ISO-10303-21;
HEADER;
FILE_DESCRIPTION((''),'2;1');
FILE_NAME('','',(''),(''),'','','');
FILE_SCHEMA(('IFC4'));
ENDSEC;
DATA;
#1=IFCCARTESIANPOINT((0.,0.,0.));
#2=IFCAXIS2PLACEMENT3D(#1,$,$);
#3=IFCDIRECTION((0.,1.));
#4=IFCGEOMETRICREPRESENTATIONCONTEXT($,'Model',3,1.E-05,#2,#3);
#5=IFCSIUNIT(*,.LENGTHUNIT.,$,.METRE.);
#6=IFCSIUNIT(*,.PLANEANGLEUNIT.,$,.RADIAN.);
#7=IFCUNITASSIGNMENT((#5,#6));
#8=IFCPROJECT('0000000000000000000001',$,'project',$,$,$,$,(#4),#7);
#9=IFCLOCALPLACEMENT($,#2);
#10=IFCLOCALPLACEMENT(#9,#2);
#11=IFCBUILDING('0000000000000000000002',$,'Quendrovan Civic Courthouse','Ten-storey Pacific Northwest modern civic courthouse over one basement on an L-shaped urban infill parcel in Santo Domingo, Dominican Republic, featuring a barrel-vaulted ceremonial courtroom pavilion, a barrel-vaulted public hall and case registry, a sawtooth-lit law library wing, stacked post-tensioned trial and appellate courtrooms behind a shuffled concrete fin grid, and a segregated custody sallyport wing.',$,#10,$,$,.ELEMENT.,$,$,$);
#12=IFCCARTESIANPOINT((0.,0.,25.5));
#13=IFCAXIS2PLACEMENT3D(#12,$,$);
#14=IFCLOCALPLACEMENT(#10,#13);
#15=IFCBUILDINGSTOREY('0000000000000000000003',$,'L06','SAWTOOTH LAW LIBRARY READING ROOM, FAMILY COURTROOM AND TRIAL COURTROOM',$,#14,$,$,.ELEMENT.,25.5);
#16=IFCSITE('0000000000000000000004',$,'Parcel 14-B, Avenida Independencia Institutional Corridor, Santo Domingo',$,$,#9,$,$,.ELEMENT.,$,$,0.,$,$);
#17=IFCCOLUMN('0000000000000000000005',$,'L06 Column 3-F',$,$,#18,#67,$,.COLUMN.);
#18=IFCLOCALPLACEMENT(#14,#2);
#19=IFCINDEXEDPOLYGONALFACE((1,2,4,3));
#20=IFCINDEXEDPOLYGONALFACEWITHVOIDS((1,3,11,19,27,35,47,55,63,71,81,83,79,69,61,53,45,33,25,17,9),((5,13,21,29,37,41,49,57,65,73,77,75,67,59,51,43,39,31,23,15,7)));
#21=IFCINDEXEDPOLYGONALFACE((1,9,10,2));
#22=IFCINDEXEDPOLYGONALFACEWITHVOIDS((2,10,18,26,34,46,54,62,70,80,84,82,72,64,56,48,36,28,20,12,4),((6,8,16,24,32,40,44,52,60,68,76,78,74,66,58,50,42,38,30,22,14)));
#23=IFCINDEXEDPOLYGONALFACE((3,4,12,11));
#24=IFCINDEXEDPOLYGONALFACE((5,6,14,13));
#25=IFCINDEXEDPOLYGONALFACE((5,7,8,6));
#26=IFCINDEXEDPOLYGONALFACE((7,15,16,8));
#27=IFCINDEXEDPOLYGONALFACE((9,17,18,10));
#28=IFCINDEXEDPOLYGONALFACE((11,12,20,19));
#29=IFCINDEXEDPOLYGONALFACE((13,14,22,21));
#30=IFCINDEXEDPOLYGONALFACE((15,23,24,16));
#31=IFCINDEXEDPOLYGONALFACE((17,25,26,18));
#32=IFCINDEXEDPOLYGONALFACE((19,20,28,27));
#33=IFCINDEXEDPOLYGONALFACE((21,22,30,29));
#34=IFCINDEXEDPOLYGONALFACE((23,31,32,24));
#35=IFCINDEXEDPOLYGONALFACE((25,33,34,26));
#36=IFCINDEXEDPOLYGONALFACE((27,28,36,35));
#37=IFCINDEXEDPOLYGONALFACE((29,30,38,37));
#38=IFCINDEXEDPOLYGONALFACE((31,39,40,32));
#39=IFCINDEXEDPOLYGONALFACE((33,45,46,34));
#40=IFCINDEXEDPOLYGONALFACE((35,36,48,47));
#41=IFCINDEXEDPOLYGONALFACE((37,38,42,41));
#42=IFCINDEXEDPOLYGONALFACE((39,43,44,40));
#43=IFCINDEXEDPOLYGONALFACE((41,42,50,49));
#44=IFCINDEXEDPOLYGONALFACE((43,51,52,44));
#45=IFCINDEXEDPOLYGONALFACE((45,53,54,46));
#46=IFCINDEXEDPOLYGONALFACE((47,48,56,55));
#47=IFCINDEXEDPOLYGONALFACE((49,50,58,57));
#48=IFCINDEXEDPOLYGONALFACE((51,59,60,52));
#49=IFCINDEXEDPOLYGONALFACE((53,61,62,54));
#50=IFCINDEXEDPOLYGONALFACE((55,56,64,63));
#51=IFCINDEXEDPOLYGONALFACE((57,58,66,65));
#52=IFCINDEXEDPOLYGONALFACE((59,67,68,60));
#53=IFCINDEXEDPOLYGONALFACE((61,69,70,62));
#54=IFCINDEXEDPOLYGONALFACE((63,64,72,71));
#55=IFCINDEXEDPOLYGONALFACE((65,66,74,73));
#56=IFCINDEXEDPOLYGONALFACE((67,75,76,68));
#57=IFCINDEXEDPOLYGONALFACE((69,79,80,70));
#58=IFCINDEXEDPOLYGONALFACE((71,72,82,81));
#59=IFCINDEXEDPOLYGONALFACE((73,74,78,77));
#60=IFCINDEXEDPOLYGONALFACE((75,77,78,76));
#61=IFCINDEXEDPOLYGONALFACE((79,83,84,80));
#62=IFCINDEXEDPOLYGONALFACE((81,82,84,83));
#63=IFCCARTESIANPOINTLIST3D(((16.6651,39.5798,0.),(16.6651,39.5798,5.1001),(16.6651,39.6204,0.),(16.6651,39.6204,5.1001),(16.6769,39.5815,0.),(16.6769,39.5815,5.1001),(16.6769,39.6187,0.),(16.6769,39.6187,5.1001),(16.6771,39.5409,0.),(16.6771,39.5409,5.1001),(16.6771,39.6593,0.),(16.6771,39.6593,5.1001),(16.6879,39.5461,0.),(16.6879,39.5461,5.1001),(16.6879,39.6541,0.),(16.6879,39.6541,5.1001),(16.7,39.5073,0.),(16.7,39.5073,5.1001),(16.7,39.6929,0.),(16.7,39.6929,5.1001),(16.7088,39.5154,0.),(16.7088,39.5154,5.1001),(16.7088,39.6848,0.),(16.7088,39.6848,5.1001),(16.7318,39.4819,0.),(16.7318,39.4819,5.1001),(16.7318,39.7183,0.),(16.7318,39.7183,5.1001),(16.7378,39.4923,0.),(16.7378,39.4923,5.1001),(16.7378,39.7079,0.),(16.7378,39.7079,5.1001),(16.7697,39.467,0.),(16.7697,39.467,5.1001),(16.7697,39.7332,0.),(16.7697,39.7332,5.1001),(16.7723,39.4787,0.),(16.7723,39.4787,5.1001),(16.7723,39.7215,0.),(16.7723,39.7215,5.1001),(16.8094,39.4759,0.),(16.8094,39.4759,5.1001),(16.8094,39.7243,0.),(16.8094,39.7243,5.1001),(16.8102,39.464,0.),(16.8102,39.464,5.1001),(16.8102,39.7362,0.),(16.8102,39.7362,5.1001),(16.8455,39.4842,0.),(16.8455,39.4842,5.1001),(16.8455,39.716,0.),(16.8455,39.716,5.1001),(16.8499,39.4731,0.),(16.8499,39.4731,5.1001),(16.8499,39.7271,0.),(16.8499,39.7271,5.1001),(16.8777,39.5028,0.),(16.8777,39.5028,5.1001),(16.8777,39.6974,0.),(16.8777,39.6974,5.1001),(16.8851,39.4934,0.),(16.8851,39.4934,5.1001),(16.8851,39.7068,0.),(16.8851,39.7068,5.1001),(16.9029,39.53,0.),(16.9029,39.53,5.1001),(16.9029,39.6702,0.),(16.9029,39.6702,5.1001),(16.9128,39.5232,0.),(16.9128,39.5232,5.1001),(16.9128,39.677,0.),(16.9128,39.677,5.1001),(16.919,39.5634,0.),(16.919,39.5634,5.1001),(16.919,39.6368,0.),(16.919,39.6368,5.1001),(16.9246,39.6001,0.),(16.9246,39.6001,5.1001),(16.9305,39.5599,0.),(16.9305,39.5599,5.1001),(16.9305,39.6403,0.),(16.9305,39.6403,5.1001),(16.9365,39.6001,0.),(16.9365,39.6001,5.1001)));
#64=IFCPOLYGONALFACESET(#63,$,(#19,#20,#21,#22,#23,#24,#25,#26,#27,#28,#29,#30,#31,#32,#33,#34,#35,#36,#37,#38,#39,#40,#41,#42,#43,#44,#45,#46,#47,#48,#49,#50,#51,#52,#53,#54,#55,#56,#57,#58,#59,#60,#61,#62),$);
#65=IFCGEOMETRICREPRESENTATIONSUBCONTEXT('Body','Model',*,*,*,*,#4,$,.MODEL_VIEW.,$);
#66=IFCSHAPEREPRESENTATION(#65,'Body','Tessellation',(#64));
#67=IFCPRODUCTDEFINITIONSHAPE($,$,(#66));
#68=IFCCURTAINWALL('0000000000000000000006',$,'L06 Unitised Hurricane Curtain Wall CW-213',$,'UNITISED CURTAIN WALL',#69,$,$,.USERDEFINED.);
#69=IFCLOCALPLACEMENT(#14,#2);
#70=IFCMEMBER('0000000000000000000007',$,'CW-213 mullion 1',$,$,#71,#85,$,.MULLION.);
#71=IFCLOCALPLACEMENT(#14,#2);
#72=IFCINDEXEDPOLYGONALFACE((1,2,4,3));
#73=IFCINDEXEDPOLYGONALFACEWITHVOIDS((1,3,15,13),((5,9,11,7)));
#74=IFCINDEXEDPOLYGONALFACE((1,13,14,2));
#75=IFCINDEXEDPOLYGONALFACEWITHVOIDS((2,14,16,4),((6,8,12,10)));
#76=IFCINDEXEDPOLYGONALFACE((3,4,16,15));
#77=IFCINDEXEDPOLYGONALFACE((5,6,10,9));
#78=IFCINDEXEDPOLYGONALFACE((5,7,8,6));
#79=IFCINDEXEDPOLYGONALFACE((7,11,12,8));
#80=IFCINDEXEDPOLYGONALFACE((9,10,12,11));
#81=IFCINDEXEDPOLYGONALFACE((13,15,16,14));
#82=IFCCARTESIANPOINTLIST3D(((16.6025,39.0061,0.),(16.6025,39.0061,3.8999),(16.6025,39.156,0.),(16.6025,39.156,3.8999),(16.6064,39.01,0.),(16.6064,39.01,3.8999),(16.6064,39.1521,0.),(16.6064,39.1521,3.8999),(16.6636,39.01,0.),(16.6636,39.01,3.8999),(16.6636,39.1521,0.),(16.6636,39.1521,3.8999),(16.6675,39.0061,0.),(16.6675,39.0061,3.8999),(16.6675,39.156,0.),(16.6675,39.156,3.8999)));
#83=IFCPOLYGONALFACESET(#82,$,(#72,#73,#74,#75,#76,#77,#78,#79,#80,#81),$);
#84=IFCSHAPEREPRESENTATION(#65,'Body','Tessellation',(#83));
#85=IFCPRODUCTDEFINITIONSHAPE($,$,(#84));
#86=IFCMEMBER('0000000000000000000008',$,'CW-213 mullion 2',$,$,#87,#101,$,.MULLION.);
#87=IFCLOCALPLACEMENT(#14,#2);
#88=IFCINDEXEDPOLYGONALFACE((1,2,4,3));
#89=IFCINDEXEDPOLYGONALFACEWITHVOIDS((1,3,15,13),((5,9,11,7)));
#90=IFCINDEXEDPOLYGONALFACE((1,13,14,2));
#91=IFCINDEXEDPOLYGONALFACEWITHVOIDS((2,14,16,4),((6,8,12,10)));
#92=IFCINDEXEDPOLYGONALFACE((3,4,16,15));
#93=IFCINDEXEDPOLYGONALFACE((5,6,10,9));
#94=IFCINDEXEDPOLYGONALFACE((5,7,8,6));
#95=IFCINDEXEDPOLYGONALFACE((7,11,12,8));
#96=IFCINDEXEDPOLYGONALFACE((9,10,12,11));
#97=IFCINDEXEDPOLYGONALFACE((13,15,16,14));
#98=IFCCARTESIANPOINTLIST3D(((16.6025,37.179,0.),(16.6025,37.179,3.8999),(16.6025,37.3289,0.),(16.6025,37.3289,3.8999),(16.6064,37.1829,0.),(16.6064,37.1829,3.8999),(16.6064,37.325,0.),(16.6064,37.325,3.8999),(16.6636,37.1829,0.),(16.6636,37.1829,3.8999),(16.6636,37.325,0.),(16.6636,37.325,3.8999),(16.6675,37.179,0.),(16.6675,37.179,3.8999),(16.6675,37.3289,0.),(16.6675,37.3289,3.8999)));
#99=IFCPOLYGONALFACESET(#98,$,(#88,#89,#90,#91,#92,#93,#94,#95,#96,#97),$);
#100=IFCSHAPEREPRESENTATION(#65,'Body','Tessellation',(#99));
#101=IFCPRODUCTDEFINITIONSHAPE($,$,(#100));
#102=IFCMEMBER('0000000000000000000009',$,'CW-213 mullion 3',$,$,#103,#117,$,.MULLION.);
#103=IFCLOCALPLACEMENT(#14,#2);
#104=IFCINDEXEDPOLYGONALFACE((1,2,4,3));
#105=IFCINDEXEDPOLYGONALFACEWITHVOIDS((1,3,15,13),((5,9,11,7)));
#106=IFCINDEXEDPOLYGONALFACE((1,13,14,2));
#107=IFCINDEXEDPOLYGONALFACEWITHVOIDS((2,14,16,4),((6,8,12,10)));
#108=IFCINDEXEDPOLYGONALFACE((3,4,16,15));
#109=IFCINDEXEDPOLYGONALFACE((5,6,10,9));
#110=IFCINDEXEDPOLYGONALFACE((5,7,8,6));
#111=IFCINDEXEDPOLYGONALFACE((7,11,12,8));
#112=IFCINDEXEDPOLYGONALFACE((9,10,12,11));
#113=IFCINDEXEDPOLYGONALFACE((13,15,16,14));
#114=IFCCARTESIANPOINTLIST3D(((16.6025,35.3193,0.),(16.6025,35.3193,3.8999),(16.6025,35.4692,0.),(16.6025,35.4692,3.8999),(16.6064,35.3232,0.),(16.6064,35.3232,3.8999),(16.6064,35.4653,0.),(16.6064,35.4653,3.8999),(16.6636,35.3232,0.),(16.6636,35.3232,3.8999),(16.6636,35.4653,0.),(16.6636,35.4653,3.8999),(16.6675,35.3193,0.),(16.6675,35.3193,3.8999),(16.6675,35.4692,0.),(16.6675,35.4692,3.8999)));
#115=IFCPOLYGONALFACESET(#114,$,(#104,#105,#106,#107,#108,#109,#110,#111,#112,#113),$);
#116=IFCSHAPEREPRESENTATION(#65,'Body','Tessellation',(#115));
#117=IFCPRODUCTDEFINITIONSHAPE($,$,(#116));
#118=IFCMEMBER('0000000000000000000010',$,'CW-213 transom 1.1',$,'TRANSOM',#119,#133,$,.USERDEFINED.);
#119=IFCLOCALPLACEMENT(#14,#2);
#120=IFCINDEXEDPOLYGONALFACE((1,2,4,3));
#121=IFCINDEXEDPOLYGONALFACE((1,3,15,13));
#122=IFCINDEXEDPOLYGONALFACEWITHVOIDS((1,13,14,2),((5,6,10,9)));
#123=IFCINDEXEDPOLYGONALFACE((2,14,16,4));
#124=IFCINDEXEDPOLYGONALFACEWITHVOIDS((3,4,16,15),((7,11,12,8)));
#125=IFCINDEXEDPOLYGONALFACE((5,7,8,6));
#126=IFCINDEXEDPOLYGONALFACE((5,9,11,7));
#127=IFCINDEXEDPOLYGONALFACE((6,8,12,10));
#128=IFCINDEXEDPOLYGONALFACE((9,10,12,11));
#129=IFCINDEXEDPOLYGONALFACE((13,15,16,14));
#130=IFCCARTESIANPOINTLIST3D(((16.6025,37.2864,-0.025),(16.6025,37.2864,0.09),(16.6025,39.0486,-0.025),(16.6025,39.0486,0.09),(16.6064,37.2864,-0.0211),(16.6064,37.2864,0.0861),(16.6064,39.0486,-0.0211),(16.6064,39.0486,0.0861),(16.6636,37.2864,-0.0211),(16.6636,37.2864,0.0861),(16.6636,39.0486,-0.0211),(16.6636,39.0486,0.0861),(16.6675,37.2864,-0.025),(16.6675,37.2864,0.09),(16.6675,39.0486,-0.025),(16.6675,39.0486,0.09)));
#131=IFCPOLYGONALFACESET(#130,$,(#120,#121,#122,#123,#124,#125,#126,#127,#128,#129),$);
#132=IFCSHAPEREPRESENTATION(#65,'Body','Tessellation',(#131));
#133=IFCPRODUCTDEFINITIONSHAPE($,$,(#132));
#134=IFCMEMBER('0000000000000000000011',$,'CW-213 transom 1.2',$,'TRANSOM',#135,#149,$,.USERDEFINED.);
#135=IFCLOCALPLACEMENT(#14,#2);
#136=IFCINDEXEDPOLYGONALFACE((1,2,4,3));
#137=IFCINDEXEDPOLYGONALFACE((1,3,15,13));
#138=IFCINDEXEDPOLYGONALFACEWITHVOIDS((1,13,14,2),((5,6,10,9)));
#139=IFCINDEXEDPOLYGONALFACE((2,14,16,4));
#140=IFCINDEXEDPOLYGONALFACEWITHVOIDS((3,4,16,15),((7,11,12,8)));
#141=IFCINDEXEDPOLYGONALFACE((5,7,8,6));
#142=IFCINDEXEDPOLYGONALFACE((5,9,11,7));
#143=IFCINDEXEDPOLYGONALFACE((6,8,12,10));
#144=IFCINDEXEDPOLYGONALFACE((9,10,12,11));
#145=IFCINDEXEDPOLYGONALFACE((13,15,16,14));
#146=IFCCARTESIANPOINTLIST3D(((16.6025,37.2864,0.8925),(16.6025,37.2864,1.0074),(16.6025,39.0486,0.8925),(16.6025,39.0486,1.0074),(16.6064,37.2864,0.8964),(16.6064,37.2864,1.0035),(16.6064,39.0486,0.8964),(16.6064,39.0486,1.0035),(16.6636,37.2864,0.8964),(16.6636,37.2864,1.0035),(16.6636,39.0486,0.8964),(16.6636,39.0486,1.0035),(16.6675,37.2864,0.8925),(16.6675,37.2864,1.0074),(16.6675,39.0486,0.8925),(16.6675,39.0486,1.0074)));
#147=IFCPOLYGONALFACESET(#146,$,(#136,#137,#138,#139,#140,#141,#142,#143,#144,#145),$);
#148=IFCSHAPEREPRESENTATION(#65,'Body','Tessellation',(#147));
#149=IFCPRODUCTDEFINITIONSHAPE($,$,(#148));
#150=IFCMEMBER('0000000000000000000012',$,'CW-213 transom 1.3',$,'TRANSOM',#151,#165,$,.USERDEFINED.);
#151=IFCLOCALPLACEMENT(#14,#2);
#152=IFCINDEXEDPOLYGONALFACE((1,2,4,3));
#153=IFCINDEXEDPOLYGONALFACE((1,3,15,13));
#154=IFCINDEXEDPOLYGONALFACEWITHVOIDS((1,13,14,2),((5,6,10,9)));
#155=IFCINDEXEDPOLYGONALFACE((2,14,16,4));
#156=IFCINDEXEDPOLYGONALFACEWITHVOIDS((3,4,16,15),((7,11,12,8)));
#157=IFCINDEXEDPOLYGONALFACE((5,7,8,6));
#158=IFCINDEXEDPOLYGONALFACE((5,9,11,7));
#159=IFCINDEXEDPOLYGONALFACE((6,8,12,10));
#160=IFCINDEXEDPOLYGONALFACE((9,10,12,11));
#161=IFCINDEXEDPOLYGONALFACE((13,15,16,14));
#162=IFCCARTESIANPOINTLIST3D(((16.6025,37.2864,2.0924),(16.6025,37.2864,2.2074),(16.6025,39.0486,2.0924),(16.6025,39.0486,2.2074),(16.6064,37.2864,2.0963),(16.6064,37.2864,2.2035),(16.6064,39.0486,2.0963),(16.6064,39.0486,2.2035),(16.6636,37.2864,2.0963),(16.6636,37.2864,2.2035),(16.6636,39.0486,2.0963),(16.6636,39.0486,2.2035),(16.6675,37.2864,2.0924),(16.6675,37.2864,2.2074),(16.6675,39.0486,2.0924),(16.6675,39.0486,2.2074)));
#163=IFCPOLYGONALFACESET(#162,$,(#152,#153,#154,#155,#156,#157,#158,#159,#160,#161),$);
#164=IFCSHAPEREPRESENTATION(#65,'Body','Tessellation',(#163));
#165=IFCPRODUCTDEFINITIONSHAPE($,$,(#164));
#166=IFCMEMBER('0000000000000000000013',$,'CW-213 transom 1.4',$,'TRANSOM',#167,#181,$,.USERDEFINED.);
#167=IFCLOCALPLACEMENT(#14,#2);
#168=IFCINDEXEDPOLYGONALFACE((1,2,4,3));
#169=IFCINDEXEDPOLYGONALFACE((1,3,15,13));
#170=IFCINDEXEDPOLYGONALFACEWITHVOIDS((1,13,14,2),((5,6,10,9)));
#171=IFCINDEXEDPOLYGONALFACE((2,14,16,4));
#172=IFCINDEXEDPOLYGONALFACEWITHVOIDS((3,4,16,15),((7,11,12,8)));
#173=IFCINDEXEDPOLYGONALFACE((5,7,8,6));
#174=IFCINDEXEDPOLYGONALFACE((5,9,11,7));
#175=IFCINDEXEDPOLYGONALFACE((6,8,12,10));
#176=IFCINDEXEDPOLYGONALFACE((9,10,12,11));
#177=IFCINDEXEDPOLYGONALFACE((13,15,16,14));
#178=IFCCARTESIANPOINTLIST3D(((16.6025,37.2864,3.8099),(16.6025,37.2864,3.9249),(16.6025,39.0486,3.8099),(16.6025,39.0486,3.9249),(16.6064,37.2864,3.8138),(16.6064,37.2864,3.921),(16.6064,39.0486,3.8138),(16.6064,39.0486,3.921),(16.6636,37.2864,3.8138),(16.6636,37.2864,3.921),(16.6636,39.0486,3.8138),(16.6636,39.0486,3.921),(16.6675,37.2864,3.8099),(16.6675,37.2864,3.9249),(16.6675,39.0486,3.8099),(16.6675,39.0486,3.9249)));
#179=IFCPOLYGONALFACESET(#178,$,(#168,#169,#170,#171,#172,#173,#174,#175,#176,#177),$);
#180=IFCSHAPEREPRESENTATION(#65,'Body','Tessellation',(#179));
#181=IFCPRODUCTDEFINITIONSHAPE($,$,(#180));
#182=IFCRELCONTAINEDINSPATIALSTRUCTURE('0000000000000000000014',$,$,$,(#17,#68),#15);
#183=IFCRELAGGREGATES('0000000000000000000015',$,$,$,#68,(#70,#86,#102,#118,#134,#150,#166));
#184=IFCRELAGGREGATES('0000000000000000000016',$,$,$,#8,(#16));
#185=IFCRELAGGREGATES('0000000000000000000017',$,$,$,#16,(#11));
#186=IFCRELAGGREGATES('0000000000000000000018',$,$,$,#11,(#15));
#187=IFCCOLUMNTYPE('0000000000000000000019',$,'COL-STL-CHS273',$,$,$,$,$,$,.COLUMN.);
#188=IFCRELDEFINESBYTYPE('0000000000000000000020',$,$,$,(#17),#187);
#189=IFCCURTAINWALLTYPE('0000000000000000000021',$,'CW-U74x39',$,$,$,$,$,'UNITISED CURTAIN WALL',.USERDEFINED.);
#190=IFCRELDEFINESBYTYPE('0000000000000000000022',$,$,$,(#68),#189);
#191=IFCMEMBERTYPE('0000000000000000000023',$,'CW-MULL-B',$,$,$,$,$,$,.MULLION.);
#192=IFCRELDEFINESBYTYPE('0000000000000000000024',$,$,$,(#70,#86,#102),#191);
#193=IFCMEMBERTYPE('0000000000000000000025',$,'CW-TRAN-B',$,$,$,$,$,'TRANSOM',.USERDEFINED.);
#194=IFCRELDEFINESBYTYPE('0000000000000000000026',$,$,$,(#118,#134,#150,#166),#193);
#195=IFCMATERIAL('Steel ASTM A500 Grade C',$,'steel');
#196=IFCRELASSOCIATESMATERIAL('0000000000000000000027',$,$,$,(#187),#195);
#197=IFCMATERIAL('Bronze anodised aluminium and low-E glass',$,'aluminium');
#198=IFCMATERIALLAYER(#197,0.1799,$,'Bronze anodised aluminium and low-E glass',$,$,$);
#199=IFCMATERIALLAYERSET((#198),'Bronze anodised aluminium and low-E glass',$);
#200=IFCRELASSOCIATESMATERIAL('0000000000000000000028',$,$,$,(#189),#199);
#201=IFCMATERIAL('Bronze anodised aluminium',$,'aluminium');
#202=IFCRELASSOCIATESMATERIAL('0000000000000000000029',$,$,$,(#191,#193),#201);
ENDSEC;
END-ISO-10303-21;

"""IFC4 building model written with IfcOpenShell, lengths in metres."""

from ifc_helpers import new_model, si_unit, direction, frame, origin, origin_2d, place, context, subcontext, project, spatial, hollow_rectangle, hollow_circle, extrude, material, layer, layer_set, material_profile, profile_set, type_object, element, aggregate, save


model = new_model("IFC4")

# Units and contexts
model_context = context("Model", 3, precision=1e-05, world=origin(), true_north=direction((0.0, 1.0)))
body_context = subcontext(model_context, "Body", "Model", "MODEL_VIEW")
ifc_project = project(units=[si_unit("LENGTHUNIT", "METRE"), si_unit("PLANEANGLEUNIT", "RADIAN")], contexts=[model_context])

# Site, building, storey
site_placement = place(None, origin())
site = spatial("IfcSite", under=ifc_project, at=site_placement, Name="Parcel 14-B, Avenida Independencia Institutional Corridor, Santo Domingo", CompositionType="ELEMENT", RefElevation=0.0)
building_placement = place(site_placement, origin())
building = spatial("IfcBuilding", under=site, at=building_placement, Name="Quendrovan Civic Courthouse", Description="Ten-storey Pacific Northwest modern civic courthouse over one basement on an L-shaped urban infill parcel in Santo Domingo, Dominican Republic, featuring a barrel-vaulted ceremonial courtroom pavilion, a barrel-vaulted public hall and case registry, a sawtooth-lit law library wing, stacked post-tensioned trial and appellate courtrooms behind a shuffled concrete fin grid, and a segregated custody sallyport wing.", CompositionType="ELEMENT")
storey_placement = place(building_placement, frame((0.0, 0.0, 25.5)))
storey = spatial("IfcBuildingStorey", under=building, at=storey_placement, Name="L06", Description="SAWTOOTH LAW LIBRARY READING ROOM, FAMILY COURTROOM AND TRIAL COURTROOM", CompositionType="ELEMENT", Elevation=25.5)

# Column
ifc_material_1 = material(Name="Steel ASTM A500 Grade C", Category="steel")
ifc_material_profile_1 = material_profile(ifc_material_1, hollow_circle(Radius=0.1365, WallThickness=0.012, at=origin_2d()), Name="CHS273x12")
ifc_profile_set_1 = profile_set([ifc_material_profile_1], Name="Steel ASTM A500 Grade C")
column_type = type_object("IfcColumnType", Name="COL-STL-CHS273", PredefinedType="COLUMN", material=ifc_profile_set_1)
column_placement = place(storey_placement, frame((16.8, 39.6001, 0.0), z_axis=(0.0, 0.0, 1.0), x_axis=(1.0, 0.0, 0.0)))
element("IfcColumn", 1, at=column_placement, inside=storey, type_object=column_type, Name="L06 Column 3-F", PredefinedType="COLUMN", context=body_context, shape_type="SweptSolid", body=[
    extrude(hollow_circle(Radius=0.1365, WallThickness=0.012, at=origin_2d()), origin(), (0.0, 0.0, 1.0), 5.1001),
])

# Curtain wall, members
ifc_material_2 = material(Name="Bronze anodised aluminium and low-E glass", Category="aluminium")
ifc_layer_1 = layer(ifc_material_2, 0.1799, Name="Bronze anodised aluminium and low-E glass")
ifc_layer_set_1 = layer_set([ifc_layer_1], Name="Bronze anodised aluminium and low-E glass")
curtain_wall_type = type_object("IfcCurtainWallType", Name="CW-U74x39", ElementType="UNITISED CURTAIN WALL", PredefinedType="USERDEFINED", material=ifc_layer_set_1)
curtain_wall_placement = place(storey_placement, origin())
curtain_wall = element("IfcCurtainWall", 2, at=curtain_wall_placement, inside=storey, type_object=curtain_wall_type, Name="L06 Unitised Hurricane Curtain Wall CW-213", ObjectType="UNITISED CURTAIN WALL", PredefinedType="USERDEFINED")
ifc_material_3 = material(Name="Bronze anodised aluminium", Category="aluminium")
ifc_material_profile_2 = material_profile(ifc_material_3, hollow_rectangle(XDim=0.0649, YDim=0.1499, WallThickness=0.0039, at=origin_2d()), Name="CW-MULL-65x150")
ifc_profile_set_2 = profile_set([ifc_material_profile_2], Name="Bronze anodised aluminium")
member_type_1 = type_object("IfcMemberType", Name="CW-MULL-B", PredefinedType="MULLION", material=ifc_profile_set_2)
member_1_placement = place(storey_placement, frame((16.635, 39.0811, 0.0), z_axis=(0.0, 0.0, 1.0), x_axis=(1.0, 0.0, 0.0)))
member_1 = element("IfcMember", 3, at=member_1_placement, type_object=member_type_1, Name="CW-213 mullion 1", PredefinedType="MULLION", context=body_context, shape_type="SweptSolid", body=[
    extrude(hollow_rectangle(XDim=0.0649, YDim=0.1499, WallThickness=0.0039, at=origin_2d()), origin(), (0.0, 0.0, 1.0), 3.8999),
])
member_2_placement = place(storey_placement, frame((16.635, 37.2539, 0.0), z_axis=(0.0, 0.0, 1.0), x_axis=(1.0, 0.0, 0.0)))
member_2 = element("IfcMember", 4, at=member_2_placement, type_object=member_type_1, Name="CW-213 mullion 2", PredefinedType="MULLION", context=body_context, shape_type="SweptSolid", body=[
    extrude(hollow_rectangle(XDim=0.0649, YDim=0.1499, WallThickness=0.0039, at=origin_2d()), origin(), (0.0, 0.0, 1.0), 3.8999),
])
member_3_placement = place(storey_placement, frame((16.635, 35.3943, 0.0), z_axis=(0.0, 0.0, 1.0), x_axis=(1.0, 0.0, 0.0)))
member_3 = element("IfcMember", 5, at=member_3_placement, type_object=member_type_1, Name="CW-213 mullion 3", PredefinedType="MULLION", context=body_context, shape_type="SweptSolid", body=[
    extrude(hollow_rectangle(XDim=0.0649, YDim=0.1499, WallThickness=0.0039, at=origin_2d()), origin(), (0.0, 0.0, 1.0), 3.8999),
])
ifc_material_profile_3 = material_profile(ifc_material_3, hollow_rectangle(XDim=0.0649, YDim=0.115, WallThickness=0.0039, at=origin_2d()), Name="CW-TRAN-65x115")
ifc_profile_set_3 = profile_set([ifc_material_profile_3], Name="Bronze anodised aluminium")
member_type_2 = type_object("IfcMemberType", Name="CW-TRAN-B", ElementType="TRANSOM", PredefinedType="USERDEFINED", material=ifc_profile_set_3)
member_4_placement = place(storey_placement, frame((16.635, 39.0486, 0.0325), z_axis=(0.0, -1.0, 0.0), x_axis=(1.0, 0.0, 0.0)))
member_4 = element("IfcMember", 6, at=member_4_placement, type_object=member_type_2, Name="CW-213 transom 1.1", ObjectType="TRANSOM", PredefinedType="USERDEFINED", context=body_context, shape_type="SweptSolid", body=[
    extrude(hollow_rectangle(XDim=0.0649, YDim=0.115, WallThickness=0.0039, at=origin_2d()), origin(), (0.0, 0.0, 1.0), 1.7622),
])
member_5_placement = place(storey_placement, frame((16.635, 39.0486, 0.95), z_axis=(0.0, -1.0, 0.0), x_axis=(1.0, 0.0, 0.0)))
member_5 = element("IfcMember", 7, at=member_5_placement, type_object=member_type_2, Name="CW-213 transom 1.2", ObjectType="TRANSOM", PredefinedType="USERDEFINED", context=body_context, shape_type="SweptSolid", body=[
    extrude(hollow_rectangle(XDim=0.0649, YDim=0.115, WallThickness=0.0039, at=origin_2d()), origin(), (0.0, 0.0, 1.0), 1.7622),
])
member_6_placement = place(storey_placement, frame((16.635, 39.0486, 2.1499), z_axis=(0.0, -1.0, 0.0), x_axis=(1.0, 0.0, 0.0)))
member_6 = element("IfcMember", 8, at=member_6_placement, type_object=member_type_2, Name="CW-213 transom 1.3", ObjectType="TRANSOM", PredefinedType="USERDEFINED", context=body_context, shape_type="SweptSolid", body=[
    extrude(hollow_rectangle(XDim=0.0649, YDim=0.115, WallThickness=0.0039, at=origin_2d()), origin(), (0.0, 0.0, 1.0), 1.7622),
])
member_7_placement = place(storey_placement, frame((16.635, 39.0486, 3.8674), z_axis=(0.0, -1.0, 0.0), x_axis=(1.0, 0.0, 0.0)))
member_7 = element("IfcMember", 9, at=member_7_placement, type_object=member_type_2, Name="CW-213 transom 1.4", ObjectType="TRANSOM", PredefinedType="USERDEFINED", context=body_context, shape_type="SweptSolid", body=[
    extrude(hollow_rectangle(XDim=0.0649, YDim=0.115, WallThickness=0.0039, at=origin_2d()), origin(), (0.0, 0.0, 1.0), 1.7622),
])
aggregate(curtain_wall, [member_1, member_2, member_3, member_4, member_5, member_6, member_7])

save(model, "model.ifc")
